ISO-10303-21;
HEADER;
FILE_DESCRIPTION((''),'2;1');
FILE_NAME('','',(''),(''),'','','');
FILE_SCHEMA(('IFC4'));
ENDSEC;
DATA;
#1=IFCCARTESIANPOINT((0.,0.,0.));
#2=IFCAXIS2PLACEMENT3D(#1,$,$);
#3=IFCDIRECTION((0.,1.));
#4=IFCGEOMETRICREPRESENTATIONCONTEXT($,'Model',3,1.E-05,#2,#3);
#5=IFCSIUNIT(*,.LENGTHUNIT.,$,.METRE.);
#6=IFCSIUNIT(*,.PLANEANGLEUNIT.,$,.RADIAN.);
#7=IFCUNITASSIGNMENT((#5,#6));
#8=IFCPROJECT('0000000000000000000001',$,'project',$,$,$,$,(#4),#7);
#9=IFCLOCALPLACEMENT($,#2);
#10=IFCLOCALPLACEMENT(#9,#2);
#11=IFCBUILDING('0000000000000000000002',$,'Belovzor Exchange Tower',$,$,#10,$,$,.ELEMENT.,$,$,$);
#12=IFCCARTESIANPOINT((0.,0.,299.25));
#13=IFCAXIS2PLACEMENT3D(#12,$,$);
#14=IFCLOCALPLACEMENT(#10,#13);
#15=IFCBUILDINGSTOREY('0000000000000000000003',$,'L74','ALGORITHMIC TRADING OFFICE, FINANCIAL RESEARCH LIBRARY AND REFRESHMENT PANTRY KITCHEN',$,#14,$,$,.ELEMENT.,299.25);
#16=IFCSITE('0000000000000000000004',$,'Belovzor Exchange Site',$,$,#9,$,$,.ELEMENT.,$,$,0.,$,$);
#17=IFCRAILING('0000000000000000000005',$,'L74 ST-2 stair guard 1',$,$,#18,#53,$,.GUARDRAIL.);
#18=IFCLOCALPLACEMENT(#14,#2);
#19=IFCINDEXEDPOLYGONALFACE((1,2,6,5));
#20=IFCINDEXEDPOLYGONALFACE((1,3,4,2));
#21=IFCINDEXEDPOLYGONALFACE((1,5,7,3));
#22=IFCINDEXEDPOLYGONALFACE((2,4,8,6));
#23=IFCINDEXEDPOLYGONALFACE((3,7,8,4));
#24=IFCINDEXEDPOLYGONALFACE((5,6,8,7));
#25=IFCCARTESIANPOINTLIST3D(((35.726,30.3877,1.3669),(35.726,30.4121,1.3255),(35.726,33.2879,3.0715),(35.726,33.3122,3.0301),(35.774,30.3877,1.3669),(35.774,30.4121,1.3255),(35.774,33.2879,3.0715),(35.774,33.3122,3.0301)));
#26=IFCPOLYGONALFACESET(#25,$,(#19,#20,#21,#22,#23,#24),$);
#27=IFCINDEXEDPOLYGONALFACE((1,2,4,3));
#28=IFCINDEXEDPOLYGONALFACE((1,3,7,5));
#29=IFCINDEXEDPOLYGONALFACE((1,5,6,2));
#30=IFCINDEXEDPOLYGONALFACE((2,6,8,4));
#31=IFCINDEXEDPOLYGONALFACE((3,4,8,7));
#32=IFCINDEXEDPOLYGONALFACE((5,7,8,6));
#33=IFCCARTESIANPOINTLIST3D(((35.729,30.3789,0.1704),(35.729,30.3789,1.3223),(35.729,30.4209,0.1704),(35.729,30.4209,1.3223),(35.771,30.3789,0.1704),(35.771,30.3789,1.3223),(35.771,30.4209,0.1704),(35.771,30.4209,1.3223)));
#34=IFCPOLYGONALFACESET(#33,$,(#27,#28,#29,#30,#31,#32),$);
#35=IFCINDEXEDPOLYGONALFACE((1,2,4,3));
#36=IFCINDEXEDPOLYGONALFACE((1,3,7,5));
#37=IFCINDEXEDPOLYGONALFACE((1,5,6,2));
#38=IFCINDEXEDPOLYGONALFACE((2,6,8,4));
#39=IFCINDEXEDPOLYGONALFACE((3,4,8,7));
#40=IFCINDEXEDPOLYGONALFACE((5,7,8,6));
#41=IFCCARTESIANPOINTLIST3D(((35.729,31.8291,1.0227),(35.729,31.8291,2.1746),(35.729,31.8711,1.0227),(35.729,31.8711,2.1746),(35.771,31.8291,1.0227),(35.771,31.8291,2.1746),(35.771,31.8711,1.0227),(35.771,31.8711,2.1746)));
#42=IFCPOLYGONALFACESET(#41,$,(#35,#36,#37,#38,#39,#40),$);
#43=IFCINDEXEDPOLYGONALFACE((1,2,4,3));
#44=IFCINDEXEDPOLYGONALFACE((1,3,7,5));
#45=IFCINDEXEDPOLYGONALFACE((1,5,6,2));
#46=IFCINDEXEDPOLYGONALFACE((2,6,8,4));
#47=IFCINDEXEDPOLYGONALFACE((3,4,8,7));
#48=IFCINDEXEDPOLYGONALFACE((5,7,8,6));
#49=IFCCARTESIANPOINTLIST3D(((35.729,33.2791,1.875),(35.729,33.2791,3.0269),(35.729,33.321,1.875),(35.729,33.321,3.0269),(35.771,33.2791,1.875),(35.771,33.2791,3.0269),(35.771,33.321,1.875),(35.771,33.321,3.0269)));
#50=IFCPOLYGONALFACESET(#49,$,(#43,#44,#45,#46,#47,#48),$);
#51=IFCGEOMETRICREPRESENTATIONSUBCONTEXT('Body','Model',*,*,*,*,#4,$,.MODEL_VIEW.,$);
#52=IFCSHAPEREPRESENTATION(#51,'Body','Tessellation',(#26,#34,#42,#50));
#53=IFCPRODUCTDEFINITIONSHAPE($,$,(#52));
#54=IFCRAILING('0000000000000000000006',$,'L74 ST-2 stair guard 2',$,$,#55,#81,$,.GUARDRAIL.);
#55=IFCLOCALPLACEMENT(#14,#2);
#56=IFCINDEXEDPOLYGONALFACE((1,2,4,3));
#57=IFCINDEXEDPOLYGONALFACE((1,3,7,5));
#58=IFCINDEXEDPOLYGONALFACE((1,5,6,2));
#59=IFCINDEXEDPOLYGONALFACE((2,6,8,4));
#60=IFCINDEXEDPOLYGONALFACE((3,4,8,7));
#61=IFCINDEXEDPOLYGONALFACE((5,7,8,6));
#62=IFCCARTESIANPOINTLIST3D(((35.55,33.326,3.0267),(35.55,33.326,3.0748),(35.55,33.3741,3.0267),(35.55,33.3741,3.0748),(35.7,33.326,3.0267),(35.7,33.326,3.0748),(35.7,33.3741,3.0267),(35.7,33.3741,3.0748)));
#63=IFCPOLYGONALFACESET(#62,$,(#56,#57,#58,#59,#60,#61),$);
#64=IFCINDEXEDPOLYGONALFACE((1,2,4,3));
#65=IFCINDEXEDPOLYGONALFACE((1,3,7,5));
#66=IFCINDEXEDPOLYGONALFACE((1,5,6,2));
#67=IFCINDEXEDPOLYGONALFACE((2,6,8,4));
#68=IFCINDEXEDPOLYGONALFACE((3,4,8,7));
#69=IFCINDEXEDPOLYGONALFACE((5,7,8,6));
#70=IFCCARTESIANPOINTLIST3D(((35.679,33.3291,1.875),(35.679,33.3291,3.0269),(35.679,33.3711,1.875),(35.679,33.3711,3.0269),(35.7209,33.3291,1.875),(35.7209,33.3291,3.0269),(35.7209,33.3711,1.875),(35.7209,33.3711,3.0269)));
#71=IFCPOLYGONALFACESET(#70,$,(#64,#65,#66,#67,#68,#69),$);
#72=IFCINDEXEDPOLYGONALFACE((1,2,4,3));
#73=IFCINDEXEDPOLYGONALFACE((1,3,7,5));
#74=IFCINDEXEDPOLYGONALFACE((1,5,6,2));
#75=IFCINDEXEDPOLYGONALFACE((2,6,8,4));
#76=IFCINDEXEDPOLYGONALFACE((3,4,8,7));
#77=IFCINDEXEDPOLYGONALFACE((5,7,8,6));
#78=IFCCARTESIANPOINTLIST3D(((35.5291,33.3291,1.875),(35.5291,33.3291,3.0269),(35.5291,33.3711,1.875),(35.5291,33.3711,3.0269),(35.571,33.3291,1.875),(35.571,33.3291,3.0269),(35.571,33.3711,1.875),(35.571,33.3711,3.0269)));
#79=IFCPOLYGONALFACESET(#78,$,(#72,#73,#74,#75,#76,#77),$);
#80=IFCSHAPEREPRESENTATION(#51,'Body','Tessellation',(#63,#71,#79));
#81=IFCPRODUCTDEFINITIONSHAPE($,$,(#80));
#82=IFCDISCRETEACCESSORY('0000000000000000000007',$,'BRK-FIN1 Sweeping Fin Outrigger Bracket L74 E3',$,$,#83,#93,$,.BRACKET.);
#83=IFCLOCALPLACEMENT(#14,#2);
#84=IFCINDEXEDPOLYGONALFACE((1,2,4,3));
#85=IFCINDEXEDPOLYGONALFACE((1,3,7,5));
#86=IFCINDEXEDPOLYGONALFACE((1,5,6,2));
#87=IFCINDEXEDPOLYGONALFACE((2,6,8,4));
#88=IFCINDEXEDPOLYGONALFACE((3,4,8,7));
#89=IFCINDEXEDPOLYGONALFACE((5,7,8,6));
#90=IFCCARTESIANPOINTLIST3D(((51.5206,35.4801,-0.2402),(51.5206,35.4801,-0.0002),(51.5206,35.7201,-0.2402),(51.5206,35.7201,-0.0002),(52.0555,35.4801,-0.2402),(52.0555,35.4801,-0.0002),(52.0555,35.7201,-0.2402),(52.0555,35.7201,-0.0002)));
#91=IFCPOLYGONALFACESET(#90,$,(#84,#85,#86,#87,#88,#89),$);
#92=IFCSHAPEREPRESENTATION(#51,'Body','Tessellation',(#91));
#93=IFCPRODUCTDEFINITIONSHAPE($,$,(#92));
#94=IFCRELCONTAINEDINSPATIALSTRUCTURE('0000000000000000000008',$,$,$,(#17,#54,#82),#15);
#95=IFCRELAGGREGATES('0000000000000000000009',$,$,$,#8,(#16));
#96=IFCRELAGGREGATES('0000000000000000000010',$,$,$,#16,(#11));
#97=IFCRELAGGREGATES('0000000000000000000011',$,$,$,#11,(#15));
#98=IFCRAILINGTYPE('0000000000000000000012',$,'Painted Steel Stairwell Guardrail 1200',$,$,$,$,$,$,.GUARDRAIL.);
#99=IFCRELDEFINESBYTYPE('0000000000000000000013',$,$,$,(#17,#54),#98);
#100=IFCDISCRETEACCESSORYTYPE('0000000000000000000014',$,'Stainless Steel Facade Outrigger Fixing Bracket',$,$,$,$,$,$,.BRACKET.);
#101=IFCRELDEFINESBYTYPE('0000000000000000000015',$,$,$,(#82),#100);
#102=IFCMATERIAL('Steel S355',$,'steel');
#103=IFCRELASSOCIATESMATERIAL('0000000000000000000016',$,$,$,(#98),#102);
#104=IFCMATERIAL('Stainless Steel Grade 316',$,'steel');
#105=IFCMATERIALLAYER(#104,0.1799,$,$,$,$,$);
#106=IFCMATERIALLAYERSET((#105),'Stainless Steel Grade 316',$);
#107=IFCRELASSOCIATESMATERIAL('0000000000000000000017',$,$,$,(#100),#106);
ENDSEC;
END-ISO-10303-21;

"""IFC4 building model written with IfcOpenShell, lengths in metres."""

from ifc_helpers import new_model, si_unit, direction, frame, origin, origin_2d, place, context, subcontext, project, spatial, rectangle, extrude, material, layer, layer_set, type_object, element, save


model = new_model("IFC4")

# Units and contexts
model_context = context("Model", 3, precision=1e-05, world=origin(), true_north=direction((0.0, 1.0)))
body_context = subcontext(model_context, "Body", "Model", "MODEL_VIEW")
ifc_project = project(units=[si_unit("LENGTHUNIT", "METRE"), si_unit("PLANEANGLEUNIT", "RADIAN")], contexts=[model_context])

# Site, building, storey
site_placement = place(None, origin())
site = spatial("IfcSite", under=ifc_project, at=site_placement, Name="Belovzor Exchange Site", CompositionType="ELEMENT", RefElevation=0.0)
building_placement = place(site_placement, origin())
building = spatial("IfcBuilding", under=site, at=building_placement, Name="Belovzor Exchange Tower", CompositionType="ELEMENT")
storey_placement = place(building_placement, frame((0.0, 0.0, 299.25)))
storey = spatial("IfcBuildingStorey", under=building, at=storey_placement, Name="L74", Description="ALGORITHMIC TRADING OFFICE, FINANCIAL RESEARCH LIBRARY AND REFRESHMENT PANTRY KITCHEN", CompositionType="ELEMENT", Elevation=299.25)

# Railings
ifc_material_1 = material(Name="Steel S355", Category="steel")
railing_type_1 = type_object("IfcRailingType", Name="Painted Steel Stairwell Guardrail 1200", PredefinedType="GUARDRAIL", material=ifc_material_1)
railing_1_placement = place(storey_placement, frame((35.75, 30.3999, 0.1704)))
element("IfcRailing", 1, at=railing_1_placement, inside=storey, type_object=railing_type_1, Name="L74 ST-2 stair guard 1", PredefinedType="GUARDRAIL", context=body_context, shape_type="SweptSolid", body=[
    extrude(rectangle(XDim=0.0481, YDim=0.0481, at=origin_2d()), frame((0.0, 0.0, 1.1758), z_axis=(0.0, 0.862113, 0.506716), x_axis=(-1.0, 0.0, 0.0)), (0.0, 0.0, 1.0), 3.364),
    extrude(rectangle(XDim=0.042, YDim=0.042, at=origin_2d()), origin(), (0.0, 0.0, 1.0), 1.1519),
    extrude(rectangle(XDim=0.042, YDim=0.042, at=origin_2d()), frame((0.0, 1.4502, 0.8523)), (0.0, 0.0, 1.0), 1.1519),
    extrude(rectangle(XDim=0.042, YDim=0.042, at=origin_2d()), frame((0.0, 2.9001, 1.7046)), (0.0, 0.0, 1.0), 1.1519),
])
railing_2_placement = place(storey_placement, frame((35.7, 33.3501, 1.875)))
element("IfcRailing", 2, at=railing_2_placement, inside=storey, type_object=railing_type_1, Name="L74 ST-2 stair guard 2", PredefinedType="GUARDRAIL", context=body_context, shape_type="SweptSolid", body=[
    extrude(rectangle(XDim=0.0481, YDim=0.0481, at=origin_2d()), frame((0.0, 0.0, 1.1758), z_axis=(-1.0, 0.0, 0.0), x_axis=(0.0, -1.0, 0.0)), (0.0, 0.0, 1.0), 0.1499),
    extrude(rectangle(XDim=0.042, YDim=0.042, at=origin_2d()), origin(), (0.0, 0.0, 1.0), 1.1519),
    extrude(rectangle(XDim=0.042, YDim=0.042, at=origin_2d()), frame((-0.1499, 0.0, 0.0)), (0.0, 0.0, 1.0), 1.1519),
])

# Discrete accessory
ifc_material_2 = material(Name="Stainless Steel Grade 316", Category="steel")
ifc_layer_1 = layer(ifc_material_2, 0.1799)
ifc_layer_set_1 = layer_set([ifc_layer_1], Name="Stainless Steel Grade 316")
discrete_accessory_type = type_object("IfcDiscreteAccessoryType", Name="Stainless Steel Facade Outrigger Fixing Bracket", PredefinedType="BRACKET", material=ifc_layer_set_1)
discrete_accessory_placement = place(storey_placement, frame((51.7881, 35.6001, -0.2402), z_axis=(0.0, 0.0, 1.0), x_axis=(1.0, 0.0, 0.0)))
element("IfcDiscreteAccessory", 3, at=discrete_accessory_placement, inside=storey, type_object=discrete_accessory_type, Name="BRK-FIN1 Sweeping Fin Outrigger Bracket L74 E3", PredefinedType="BRACKET", context=body_context, shape_type="SweptSolid", body=[
    extrude(rectangle(XDim=0.5349, YDim=0.24, at=origin_2d()), origin(), (0.0, 0.0, 1.0), 0.24),
])

save(model, "model.ifc")
